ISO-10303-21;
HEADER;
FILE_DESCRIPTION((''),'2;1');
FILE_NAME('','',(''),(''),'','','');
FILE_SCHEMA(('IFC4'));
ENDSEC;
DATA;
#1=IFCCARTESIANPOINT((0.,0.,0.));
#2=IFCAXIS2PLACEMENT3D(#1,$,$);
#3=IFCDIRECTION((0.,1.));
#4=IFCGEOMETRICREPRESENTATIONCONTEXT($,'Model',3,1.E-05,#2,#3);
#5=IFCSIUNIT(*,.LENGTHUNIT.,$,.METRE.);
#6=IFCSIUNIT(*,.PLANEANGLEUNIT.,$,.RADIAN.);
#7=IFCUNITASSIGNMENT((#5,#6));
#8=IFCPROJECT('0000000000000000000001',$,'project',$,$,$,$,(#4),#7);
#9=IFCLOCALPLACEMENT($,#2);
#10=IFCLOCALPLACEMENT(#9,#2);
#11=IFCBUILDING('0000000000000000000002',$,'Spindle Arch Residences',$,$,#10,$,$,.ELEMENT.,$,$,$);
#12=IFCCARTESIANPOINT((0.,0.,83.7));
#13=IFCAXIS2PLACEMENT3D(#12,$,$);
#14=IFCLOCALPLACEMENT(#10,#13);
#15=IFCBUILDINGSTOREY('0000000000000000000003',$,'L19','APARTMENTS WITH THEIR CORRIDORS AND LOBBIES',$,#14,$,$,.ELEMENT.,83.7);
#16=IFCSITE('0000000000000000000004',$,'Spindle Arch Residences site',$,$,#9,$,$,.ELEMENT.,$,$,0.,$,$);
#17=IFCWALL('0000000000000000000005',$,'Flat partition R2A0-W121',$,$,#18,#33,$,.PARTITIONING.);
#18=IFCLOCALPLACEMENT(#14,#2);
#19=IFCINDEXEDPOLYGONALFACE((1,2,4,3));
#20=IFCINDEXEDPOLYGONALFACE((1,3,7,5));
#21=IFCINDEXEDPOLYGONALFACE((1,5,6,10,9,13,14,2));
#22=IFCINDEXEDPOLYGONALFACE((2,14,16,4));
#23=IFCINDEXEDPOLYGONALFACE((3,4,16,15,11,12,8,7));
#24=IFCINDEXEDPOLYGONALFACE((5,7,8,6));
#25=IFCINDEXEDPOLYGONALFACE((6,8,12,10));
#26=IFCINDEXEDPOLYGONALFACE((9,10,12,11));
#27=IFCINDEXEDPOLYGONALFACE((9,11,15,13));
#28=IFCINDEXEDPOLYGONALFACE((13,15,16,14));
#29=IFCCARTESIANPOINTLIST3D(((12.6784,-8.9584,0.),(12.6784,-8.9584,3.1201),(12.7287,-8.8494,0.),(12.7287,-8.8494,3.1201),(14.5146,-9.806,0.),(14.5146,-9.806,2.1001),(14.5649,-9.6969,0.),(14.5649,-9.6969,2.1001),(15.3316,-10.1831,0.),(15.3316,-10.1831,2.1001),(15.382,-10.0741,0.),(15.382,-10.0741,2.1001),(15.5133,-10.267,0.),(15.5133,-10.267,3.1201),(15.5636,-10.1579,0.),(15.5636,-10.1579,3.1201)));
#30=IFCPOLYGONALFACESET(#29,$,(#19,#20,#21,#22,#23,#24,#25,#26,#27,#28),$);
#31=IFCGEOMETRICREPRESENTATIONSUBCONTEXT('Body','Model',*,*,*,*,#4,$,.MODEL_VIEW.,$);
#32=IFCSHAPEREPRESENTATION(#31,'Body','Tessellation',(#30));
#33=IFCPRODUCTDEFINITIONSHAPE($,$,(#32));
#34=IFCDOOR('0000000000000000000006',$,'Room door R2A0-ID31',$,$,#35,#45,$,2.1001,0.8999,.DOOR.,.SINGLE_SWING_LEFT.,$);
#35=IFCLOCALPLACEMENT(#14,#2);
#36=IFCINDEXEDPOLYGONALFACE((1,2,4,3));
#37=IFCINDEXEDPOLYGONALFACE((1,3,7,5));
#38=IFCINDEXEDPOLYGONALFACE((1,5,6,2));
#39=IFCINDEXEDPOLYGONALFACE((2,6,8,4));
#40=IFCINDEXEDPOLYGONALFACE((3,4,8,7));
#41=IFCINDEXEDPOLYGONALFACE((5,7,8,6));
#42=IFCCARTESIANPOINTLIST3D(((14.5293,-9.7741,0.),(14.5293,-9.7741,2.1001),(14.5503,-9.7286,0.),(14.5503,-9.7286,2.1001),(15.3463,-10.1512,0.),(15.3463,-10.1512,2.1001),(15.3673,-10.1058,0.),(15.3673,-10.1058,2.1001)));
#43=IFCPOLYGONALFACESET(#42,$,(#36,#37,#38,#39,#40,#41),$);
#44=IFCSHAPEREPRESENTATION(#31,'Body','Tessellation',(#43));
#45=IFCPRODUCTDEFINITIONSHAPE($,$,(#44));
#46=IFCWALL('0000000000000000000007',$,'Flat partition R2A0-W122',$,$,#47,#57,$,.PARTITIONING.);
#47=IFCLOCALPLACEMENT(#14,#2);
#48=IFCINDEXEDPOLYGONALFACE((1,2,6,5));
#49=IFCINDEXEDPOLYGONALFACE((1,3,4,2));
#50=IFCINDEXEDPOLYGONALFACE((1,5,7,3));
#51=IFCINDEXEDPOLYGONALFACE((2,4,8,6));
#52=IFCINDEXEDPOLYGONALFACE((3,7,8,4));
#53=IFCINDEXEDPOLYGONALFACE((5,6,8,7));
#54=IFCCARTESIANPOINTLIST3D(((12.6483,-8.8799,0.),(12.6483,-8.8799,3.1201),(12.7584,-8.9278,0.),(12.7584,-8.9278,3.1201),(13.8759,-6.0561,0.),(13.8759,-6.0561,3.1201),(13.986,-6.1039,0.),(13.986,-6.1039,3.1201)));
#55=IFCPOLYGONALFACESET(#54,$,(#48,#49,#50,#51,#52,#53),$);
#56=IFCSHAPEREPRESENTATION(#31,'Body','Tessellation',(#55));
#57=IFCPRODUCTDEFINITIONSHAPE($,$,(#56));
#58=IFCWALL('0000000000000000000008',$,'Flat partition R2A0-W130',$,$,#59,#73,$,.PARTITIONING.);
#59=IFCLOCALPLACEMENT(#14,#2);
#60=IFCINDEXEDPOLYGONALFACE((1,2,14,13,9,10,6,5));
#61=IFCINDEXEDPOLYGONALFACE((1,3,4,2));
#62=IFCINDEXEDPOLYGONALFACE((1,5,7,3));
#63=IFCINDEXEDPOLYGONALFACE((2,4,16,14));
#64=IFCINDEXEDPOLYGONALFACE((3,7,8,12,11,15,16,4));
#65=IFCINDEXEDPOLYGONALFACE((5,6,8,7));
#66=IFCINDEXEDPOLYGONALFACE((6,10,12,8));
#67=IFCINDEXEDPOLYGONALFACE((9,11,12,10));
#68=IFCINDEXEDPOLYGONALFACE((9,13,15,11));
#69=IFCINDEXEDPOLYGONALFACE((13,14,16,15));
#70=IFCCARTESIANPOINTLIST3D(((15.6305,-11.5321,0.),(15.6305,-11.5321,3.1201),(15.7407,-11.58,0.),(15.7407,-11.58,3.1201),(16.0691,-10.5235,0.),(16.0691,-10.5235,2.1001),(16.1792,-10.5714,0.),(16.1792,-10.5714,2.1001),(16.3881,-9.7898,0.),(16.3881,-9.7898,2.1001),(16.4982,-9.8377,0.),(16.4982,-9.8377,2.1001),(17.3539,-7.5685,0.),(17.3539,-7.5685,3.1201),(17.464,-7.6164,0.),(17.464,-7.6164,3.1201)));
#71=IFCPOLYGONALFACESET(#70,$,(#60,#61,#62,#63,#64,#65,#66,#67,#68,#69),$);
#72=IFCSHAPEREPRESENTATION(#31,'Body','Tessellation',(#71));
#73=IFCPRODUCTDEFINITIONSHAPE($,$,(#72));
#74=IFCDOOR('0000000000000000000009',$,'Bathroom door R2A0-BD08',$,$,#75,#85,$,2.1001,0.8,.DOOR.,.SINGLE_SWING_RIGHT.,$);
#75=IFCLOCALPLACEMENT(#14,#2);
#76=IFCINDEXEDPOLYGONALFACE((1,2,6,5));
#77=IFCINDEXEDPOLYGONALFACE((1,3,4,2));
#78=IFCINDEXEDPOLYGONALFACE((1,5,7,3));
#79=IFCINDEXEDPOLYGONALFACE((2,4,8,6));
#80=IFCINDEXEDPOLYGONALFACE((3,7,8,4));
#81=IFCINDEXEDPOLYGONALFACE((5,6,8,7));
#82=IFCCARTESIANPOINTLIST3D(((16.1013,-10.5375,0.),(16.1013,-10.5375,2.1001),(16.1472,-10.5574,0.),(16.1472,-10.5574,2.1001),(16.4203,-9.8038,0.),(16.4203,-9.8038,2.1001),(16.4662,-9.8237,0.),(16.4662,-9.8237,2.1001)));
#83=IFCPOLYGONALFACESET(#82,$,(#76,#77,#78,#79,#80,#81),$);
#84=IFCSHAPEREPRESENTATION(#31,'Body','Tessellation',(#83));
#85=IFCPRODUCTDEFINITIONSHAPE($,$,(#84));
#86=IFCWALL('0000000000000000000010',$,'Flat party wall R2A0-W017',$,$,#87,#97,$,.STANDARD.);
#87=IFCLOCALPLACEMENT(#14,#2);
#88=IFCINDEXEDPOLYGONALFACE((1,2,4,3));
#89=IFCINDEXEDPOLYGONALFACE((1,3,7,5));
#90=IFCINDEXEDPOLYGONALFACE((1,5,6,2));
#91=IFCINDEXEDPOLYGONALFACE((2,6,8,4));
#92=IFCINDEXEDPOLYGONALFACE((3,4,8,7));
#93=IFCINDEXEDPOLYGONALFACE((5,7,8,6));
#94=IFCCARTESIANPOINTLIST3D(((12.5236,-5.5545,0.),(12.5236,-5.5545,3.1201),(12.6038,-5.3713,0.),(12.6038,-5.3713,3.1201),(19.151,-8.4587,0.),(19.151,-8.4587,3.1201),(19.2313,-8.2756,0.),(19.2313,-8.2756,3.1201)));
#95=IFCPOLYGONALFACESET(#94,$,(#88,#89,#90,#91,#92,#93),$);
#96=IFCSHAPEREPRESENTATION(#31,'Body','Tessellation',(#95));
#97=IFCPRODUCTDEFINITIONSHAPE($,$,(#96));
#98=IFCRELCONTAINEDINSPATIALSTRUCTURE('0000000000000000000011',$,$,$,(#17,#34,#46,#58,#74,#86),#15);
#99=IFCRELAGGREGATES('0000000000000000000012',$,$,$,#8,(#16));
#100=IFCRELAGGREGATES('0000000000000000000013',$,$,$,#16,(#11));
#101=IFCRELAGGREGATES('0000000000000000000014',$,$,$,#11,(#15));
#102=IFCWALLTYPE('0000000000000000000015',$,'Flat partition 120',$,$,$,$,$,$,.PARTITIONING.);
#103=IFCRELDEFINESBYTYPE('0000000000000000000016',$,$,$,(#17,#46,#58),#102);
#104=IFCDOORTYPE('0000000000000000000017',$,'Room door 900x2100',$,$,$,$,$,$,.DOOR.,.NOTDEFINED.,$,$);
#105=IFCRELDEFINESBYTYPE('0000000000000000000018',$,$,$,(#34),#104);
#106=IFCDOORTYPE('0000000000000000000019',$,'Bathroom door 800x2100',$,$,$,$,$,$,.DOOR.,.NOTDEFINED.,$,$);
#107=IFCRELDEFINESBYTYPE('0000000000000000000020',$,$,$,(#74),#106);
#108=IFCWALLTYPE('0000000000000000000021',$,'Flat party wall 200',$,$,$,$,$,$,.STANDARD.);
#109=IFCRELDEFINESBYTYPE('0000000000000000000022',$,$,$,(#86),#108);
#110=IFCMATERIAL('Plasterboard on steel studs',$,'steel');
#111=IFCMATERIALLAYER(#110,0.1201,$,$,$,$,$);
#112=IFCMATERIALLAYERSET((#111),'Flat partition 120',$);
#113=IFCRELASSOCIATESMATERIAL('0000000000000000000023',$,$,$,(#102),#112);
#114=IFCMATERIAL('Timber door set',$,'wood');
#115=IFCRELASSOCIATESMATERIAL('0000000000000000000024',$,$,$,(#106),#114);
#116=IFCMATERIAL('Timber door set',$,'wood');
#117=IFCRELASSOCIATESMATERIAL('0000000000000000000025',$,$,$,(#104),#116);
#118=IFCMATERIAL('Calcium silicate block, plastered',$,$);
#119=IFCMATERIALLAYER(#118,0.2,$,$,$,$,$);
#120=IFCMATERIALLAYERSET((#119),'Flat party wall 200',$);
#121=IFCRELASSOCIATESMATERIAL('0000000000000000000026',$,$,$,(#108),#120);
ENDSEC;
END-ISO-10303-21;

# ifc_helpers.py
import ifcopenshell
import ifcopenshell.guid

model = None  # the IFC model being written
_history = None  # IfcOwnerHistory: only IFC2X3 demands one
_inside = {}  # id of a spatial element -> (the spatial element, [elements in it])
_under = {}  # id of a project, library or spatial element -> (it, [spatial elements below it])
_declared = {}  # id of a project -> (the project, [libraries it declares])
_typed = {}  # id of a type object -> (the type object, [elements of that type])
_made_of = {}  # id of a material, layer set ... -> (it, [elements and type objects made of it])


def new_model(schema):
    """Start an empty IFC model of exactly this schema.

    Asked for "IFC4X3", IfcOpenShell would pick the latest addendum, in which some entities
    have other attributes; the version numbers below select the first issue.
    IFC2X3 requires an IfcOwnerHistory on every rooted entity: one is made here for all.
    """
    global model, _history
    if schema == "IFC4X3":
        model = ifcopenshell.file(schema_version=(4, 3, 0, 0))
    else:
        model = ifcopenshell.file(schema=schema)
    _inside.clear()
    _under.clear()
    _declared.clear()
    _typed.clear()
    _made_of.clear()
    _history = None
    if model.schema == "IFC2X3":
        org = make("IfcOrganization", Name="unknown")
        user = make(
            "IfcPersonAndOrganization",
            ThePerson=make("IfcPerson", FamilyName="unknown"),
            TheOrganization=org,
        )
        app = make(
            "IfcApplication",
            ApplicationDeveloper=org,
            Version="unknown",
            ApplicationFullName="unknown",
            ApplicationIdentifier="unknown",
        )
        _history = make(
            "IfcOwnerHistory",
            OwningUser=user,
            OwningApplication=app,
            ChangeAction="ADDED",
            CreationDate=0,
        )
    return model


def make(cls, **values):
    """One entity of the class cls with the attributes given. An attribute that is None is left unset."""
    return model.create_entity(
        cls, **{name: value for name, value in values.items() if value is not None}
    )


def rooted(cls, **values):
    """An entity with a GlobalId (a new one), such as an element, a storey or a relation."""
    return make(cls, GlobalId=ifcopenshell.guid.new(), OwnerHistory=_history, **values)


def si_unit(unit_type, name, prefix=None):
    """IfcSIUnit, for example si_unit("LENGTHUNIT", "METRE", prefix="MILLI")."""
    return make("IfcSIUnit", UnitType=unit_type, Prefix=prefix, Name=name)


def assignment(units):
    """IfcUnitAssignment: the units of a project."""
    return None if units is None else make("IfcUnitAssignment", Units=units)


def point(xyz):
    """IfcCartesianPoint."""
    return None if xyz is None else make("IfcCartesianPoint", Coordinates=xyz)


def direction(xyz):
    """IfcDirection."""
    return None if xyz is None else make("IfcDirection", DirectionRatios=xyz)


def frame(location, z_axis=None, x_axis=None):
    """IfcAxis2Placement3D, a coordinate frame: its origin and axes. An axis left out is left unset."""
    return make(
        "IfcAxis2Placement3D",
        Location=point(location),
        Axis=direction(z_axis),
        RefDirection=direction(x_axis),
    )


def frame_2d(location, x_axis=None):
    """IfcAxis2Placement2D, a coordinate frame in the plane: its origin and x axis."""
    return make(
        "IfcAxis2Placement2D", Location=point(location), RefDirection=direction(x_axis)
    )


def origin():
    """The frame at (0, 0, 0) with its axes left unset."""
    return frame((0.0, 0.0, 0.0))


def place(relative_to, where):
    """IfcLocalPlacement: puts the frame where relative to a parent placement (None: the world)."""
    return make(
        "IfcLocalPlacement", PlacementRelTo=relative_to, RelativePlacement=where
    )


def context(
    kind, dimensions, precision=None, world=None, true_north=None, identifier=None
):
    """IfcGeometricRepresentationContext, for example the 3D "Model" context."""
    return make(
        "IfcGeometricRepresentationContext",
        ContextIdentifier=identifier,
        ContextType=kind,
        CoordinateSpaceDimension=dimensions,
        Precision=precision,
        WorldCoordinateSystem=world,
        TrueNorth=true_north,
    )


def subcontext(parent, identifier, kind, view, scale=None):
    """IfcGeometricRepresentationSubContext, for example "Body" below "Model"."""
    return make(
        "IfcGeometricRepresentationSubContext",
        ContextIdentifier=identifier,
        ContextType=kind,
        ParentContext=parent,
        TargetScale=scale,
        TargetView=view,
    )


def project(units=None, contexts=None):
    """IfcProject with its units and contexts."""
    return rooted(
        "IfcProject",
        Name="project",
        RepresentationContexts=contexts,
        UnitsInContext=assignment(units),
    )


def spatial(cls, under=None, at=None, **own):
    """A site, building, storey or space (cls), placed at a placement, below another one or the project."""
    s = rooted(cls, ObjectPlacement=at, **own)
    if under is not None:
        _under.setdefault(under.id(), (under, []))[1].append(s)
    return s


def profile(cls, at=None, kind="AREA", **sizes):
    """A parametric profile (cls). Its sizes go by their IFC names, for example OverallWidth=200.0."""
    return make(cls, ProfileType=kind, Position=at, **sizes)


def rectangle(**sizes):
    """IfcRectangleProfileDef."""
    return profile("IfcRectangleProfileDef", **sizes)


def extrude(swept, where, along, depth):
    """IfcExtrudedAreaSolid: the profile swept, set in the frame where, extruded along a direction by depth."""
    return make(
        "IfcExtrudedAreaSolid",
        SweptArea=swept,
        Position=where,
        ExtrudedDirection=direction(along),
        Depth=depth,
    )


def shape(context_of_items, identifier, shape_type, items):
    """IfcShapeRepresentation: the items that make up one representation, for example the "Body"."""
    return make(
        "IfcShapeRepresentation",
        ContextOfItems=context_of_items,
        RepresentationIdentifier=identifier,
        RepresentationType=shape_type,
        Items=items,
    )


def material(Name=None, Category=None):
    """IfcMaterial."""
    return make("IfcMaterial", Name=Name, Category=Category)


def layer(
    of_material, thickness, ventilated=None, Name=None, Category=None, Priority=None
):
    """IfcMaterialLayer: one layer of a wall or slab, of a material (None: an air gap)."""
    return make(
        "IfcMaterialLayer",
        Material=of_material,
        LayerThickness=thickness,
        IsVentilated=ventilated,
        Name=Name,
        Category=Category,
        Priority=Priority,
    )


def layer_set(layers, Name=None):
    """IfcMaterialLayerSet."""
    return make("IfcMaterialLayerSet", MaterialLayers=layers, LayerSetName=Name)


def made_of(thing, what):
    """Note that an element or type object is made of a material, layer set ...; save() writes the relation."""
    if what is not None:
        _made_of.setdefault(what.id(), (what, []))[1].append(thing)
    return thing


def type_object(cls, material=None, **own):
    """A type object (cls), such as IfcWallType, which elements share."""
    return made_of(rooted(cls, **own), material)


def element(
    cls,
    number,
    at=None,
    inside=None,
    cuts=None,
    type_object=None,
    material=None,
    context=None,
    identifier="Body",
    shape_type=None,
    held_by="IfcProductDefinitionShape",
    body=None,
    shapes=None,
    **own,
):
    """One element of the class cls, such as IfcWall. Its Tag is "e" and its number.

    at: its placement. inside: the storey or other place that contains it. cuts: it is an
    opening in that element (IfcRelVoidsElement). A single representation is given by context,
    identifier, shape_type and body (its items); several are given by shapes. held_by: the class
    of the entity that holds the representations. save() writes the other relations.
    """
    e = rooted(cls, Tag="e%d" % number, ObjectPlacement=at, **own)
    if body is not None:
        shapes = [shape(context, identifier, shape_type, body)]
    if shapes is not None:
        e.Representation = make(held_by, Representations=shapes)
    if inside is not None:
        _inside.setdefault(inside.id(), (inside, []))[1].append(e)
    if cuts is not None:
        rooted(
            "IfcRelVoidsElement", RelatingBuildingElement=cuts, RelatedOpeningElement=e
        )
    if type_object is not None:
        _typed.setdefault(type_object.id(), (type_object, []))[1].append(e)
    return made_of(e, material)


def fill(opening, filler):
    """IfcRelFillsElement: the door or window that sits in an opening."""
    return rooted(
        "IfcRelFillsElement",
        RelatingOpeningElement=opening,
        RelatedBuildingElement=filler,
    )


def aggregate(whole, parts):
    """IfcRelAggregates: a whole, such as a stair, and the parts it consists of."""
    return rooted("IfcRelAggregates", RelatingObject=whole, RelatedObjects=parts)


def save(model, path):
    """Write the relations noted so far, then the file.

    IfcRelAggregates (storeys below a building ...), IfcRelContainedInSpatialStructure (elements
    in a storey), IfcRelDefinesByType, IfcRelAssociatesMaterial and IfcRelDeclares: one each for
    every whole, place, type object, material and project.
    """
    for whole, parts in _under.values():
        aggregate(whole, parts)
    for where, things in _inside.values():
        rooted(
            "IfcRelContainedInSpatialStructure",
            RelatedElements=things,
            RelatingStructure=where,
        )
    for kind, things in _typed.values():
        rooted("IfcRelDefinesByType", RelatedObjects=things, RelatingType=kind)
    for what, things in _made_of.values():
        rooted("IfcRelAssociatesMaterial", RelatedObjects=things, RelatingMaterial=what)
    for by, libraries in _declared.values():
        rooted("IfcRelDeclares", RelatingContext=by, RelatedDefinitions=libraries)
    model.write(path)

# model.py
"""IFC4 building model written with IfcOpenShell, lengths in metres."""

from ifc_helpers import new_model, si_unit, direction, frame, frame_2d, origin, place, context, subcontext, project, spatial, rectangle, extrude, material, layer, layer_set, type_object, element, fill, save


model = new_model("IFC4")

# Units and contexts
model_context = context("Model", 3, precision=1e-05, world=origin(), true_north=direction((0.0, 1.0)))
body_context = subcontext(model_context, "Body", "Model", "MODEL_VIEW")
ifc_project = project(units=[si_unit("LENGTHUNIT", "METRE"), si_unit("PLANEANGLEUNIT", "RADIAN")], contexts=[model_context])

# Site, building, storey
site_placement = place(None, origin())
site = spatial("IfcSite", under=ifc_project, at=site_placement, Name="Spindle Arch Residences site", CompositionType="ELEMENT", RefElevation=0.0)
building_placement = place(site_placement, origin())
building = spatial("IfcBuilding", under=site, at=building_placement, Name="Spindle Arch Residences", CompositionType="ELEMENT")
storey_placement = place(building_placement, frame((0.0, 0.0, 83.7)))
storey = spatial("IfcBuildingStorey", under=building, at=storey_placement, Name="L19", Description="APARTMENTS WITH THEIR CORRIDORS AND LOBBIES", CompositionType="ELEMENT", Elevation=83.7)

# Shared definitions
ifc_material_1 = material(Name="Plasterboard on steel studs", Category="steel")
ifc_layer_1 = layer(ifc_material_1, 0.1201)
ifc_layer_set_1 = layer_set([ifc_layer_1], Name="Flat partition 120")
wall_type_1 = type_object("IfcWallType", Name="Flat partition 120", PredefinedType="PARTITIONING", material=ifc_layer_set_1)
ifc_material_2 = material(Name="Timber door set", Category="wood")
door_type_1 = type_object("IfcDoorType", Name="Bathroom door 800x2100", OperationType="NOTDEFINED", PredefinedType="DOOR", material=ifc_material_2)

# Wall, opening, door
wall_1_placement = place(storey_placement, frame((15.5383, -10.2124, 0.0), z_axis=(0.0, 0.0, 1.0), x_axis=(-0.907941, 0.419098, 0.0)))
wall_1 = element("IfcWall", 1, at=wall_1_placement, inside=storey, type_object=wall_type_1, Name="Flat partition R2A0-W121", PredefinedType="PARTITIONING", context=body_context, shape_type="SweptSolid", body=[
    extrude(rectangle(XDim=3.1223, YDim=0.1201, at=frame_2d((1.561, 0.0))), origin(), (0.0, 0.0, 1.0), 3.1201),
])
opening_1_placement = place(wall_1_placement, frame((0.2, 0.0, 0.0)))
opening_1 = element("IfcOpeningElement", 2, at=opening_1_placement, cuts=wall_1, PredefinedType="OPENING", context=body_context, shape_type="SweptSolid", body=[
    extrude(rectangle(XDim=0.8999, YDim=2.1001, at=frame_2d((0.45, 1.05))), frame((0.0, 0.0701, 0.0), z_axis=(0.0, -1.0, 0.0), x_axis=(1.0, 0.0, 0.0)), (0.0, 0.0, 1.0), 0.1401),
])
ifc_material_3 = material(Name="Timber door set", Category="wood")
door_type_2 = type_object("IfcDoorType", Name="Room door 900x2100", OperationType="NOTDEFINED", PredefinedType="DOOR", material=ifc_material_3)
door_1_placement = place(opening_1_placement, origin())
door_1 = element("IfcDoor", 3, at=door_1_placement, inside=storey, type_object=door_type_2, Name="Room door R2A0-ID31", OperationType="SINGLE_SWING_LEFT", OverallHeight=2.1001, OverallWidth=0.8999, PredefinedType="DOOR", context=body_context, shape_type="SweptSolid", body=[
    extrude(rectangle(XDim=0.8999, YDim=2.1001, at=frame_2d((0.45, 1.05))), frame((0.0, 0.0249, 0.0), z_axis=(0.0, -1.0, 0.0), x_axis=(1.0, 0.0, 0.0)), (0.0, 0.0, 1.0), 0.05),
])
fill(opening_1, door_1)

# Wall
wall_2_placement = place(storey_placement, frame((12.7034, -8.9038, 0.0), z_axis=(0.0, 0.0, 1.0), x_axis=(0.39868, 0.91709, 0.0)))
element("IfcWall", 4, at=wall_2_placement, inside=storey, type_object=wall_type_1, Name="Flat partition R2A0-W122", PredefinedType="PARTITIONING", context=body_context, shape_type="SweptSolid", body=[
    extrude(rectangle(XDim=3.0791, YDim=0.1201, at=frame_2d((1.5396, 0.0))), origin(), (0.0, 0.0, 1.0), 3.1201),
])

# Wall, opening, door
wall_3_placement = place(storey_placement, frame((15.6855, -11.5562, 0.0), z_axis=(0.0, 0.0, 1.0), x_axis=(0.398741, 0.917064, 0.0)))
wall_3 = element("IfcWall", 5, at=wall_3_placement, inside=storey, type_object=wall_type_1, Name="Flat partition R2A0-W130", PredefinedType="PARTITIONING", context=body_context, shape_type="SweptSolid", body=[
    extrude(rectangle(XDim=4.322, YDim=0.1201, at=frame_2d((2.1611, 0.0))), origin(), (0.0, 0.0, 1.0), 3.1201),
])
opening_2_placement = place(wall_3_placement, frame((1.1001, 0.0, 0.0)))
opening_2 = element("IfcOpeningElement", 6, at=opening_2_placement, cuts=wall_3, PredefinedType="OPENING", context=body_context, shape_type="SweptSolid", body=[
    extrude(rectangle(XDim=0.8, YDim=2.1001, at=frame_2d((0.3999, 1.05))), frame((0.0, 0.0701, 0.0), z_axis=(0.0, -1.0, 0.0), x_axis=(1.0, 0.0, 0.0)), (0.0, 0.0, 1.0), 0.1401),
])
door_2_placement = place(opening_2_placement, origin())
door_2 = element("IfcDoor", 7, at=door_2_placement, inside=storey, type_object=door_type_1, Name="Bathroom door R2A0-BD08", OperationType="SINGLE_SWING_RIGHT", OverallHeight=2.1001, OverallWidth=0.8, PredefinedType="DOOR", context=body_context, shape_type="SweptSolid", body=[
    extrude(rectangle(XDim=0.8, YDim=2.1001, at=frame_2d((0.3999, 1.05))), frame((0.0, 0.0249, 0.0), z_axis=(0.0, -1.0, 0.0), x_axis=(1.0, 0.0, 0.0)), (0.0, 0.0, 1.0), 0.05),
])
fill(opening_2, door_2)

# Wall
ifc_material_4 = material(Name="Calcium silicate block, plastered")
ifc_layer_2 = layer(ifc_material_4, 0.2)
ifc_layer_set_2 = layer_set([ifc_layer_2], Name="Flat party wall 200")
wall_type_2 = type_object("IfcWallType", Name="Flat party wall 200", PredefinedType="STANDARD", material=ifc_layer_set_2)
wall_4_placement = place(storey_placement, frame((12.5637, -5.4629, 0.0), z_axis=(0.0, 0.0, 1.0), x_axis=(0.915914, -0.401375, 0.0)))
element("IfcWall", 8, at=wall_4_placement, inside=storey, type_object=wall_type_2, Name="Flat party wall R2A0-W017", PredefinedType="STANDARD", context=body_context, shape_type="SweptSolid", body=[
    extrude(rectangle(XDim=7.2358, YDim=0.2, at=frame_2d((3.6179, 0.0))), origin(), (0.0, 0.0, 1.0), 3.1201),
])

save(model, "model.ifc")
